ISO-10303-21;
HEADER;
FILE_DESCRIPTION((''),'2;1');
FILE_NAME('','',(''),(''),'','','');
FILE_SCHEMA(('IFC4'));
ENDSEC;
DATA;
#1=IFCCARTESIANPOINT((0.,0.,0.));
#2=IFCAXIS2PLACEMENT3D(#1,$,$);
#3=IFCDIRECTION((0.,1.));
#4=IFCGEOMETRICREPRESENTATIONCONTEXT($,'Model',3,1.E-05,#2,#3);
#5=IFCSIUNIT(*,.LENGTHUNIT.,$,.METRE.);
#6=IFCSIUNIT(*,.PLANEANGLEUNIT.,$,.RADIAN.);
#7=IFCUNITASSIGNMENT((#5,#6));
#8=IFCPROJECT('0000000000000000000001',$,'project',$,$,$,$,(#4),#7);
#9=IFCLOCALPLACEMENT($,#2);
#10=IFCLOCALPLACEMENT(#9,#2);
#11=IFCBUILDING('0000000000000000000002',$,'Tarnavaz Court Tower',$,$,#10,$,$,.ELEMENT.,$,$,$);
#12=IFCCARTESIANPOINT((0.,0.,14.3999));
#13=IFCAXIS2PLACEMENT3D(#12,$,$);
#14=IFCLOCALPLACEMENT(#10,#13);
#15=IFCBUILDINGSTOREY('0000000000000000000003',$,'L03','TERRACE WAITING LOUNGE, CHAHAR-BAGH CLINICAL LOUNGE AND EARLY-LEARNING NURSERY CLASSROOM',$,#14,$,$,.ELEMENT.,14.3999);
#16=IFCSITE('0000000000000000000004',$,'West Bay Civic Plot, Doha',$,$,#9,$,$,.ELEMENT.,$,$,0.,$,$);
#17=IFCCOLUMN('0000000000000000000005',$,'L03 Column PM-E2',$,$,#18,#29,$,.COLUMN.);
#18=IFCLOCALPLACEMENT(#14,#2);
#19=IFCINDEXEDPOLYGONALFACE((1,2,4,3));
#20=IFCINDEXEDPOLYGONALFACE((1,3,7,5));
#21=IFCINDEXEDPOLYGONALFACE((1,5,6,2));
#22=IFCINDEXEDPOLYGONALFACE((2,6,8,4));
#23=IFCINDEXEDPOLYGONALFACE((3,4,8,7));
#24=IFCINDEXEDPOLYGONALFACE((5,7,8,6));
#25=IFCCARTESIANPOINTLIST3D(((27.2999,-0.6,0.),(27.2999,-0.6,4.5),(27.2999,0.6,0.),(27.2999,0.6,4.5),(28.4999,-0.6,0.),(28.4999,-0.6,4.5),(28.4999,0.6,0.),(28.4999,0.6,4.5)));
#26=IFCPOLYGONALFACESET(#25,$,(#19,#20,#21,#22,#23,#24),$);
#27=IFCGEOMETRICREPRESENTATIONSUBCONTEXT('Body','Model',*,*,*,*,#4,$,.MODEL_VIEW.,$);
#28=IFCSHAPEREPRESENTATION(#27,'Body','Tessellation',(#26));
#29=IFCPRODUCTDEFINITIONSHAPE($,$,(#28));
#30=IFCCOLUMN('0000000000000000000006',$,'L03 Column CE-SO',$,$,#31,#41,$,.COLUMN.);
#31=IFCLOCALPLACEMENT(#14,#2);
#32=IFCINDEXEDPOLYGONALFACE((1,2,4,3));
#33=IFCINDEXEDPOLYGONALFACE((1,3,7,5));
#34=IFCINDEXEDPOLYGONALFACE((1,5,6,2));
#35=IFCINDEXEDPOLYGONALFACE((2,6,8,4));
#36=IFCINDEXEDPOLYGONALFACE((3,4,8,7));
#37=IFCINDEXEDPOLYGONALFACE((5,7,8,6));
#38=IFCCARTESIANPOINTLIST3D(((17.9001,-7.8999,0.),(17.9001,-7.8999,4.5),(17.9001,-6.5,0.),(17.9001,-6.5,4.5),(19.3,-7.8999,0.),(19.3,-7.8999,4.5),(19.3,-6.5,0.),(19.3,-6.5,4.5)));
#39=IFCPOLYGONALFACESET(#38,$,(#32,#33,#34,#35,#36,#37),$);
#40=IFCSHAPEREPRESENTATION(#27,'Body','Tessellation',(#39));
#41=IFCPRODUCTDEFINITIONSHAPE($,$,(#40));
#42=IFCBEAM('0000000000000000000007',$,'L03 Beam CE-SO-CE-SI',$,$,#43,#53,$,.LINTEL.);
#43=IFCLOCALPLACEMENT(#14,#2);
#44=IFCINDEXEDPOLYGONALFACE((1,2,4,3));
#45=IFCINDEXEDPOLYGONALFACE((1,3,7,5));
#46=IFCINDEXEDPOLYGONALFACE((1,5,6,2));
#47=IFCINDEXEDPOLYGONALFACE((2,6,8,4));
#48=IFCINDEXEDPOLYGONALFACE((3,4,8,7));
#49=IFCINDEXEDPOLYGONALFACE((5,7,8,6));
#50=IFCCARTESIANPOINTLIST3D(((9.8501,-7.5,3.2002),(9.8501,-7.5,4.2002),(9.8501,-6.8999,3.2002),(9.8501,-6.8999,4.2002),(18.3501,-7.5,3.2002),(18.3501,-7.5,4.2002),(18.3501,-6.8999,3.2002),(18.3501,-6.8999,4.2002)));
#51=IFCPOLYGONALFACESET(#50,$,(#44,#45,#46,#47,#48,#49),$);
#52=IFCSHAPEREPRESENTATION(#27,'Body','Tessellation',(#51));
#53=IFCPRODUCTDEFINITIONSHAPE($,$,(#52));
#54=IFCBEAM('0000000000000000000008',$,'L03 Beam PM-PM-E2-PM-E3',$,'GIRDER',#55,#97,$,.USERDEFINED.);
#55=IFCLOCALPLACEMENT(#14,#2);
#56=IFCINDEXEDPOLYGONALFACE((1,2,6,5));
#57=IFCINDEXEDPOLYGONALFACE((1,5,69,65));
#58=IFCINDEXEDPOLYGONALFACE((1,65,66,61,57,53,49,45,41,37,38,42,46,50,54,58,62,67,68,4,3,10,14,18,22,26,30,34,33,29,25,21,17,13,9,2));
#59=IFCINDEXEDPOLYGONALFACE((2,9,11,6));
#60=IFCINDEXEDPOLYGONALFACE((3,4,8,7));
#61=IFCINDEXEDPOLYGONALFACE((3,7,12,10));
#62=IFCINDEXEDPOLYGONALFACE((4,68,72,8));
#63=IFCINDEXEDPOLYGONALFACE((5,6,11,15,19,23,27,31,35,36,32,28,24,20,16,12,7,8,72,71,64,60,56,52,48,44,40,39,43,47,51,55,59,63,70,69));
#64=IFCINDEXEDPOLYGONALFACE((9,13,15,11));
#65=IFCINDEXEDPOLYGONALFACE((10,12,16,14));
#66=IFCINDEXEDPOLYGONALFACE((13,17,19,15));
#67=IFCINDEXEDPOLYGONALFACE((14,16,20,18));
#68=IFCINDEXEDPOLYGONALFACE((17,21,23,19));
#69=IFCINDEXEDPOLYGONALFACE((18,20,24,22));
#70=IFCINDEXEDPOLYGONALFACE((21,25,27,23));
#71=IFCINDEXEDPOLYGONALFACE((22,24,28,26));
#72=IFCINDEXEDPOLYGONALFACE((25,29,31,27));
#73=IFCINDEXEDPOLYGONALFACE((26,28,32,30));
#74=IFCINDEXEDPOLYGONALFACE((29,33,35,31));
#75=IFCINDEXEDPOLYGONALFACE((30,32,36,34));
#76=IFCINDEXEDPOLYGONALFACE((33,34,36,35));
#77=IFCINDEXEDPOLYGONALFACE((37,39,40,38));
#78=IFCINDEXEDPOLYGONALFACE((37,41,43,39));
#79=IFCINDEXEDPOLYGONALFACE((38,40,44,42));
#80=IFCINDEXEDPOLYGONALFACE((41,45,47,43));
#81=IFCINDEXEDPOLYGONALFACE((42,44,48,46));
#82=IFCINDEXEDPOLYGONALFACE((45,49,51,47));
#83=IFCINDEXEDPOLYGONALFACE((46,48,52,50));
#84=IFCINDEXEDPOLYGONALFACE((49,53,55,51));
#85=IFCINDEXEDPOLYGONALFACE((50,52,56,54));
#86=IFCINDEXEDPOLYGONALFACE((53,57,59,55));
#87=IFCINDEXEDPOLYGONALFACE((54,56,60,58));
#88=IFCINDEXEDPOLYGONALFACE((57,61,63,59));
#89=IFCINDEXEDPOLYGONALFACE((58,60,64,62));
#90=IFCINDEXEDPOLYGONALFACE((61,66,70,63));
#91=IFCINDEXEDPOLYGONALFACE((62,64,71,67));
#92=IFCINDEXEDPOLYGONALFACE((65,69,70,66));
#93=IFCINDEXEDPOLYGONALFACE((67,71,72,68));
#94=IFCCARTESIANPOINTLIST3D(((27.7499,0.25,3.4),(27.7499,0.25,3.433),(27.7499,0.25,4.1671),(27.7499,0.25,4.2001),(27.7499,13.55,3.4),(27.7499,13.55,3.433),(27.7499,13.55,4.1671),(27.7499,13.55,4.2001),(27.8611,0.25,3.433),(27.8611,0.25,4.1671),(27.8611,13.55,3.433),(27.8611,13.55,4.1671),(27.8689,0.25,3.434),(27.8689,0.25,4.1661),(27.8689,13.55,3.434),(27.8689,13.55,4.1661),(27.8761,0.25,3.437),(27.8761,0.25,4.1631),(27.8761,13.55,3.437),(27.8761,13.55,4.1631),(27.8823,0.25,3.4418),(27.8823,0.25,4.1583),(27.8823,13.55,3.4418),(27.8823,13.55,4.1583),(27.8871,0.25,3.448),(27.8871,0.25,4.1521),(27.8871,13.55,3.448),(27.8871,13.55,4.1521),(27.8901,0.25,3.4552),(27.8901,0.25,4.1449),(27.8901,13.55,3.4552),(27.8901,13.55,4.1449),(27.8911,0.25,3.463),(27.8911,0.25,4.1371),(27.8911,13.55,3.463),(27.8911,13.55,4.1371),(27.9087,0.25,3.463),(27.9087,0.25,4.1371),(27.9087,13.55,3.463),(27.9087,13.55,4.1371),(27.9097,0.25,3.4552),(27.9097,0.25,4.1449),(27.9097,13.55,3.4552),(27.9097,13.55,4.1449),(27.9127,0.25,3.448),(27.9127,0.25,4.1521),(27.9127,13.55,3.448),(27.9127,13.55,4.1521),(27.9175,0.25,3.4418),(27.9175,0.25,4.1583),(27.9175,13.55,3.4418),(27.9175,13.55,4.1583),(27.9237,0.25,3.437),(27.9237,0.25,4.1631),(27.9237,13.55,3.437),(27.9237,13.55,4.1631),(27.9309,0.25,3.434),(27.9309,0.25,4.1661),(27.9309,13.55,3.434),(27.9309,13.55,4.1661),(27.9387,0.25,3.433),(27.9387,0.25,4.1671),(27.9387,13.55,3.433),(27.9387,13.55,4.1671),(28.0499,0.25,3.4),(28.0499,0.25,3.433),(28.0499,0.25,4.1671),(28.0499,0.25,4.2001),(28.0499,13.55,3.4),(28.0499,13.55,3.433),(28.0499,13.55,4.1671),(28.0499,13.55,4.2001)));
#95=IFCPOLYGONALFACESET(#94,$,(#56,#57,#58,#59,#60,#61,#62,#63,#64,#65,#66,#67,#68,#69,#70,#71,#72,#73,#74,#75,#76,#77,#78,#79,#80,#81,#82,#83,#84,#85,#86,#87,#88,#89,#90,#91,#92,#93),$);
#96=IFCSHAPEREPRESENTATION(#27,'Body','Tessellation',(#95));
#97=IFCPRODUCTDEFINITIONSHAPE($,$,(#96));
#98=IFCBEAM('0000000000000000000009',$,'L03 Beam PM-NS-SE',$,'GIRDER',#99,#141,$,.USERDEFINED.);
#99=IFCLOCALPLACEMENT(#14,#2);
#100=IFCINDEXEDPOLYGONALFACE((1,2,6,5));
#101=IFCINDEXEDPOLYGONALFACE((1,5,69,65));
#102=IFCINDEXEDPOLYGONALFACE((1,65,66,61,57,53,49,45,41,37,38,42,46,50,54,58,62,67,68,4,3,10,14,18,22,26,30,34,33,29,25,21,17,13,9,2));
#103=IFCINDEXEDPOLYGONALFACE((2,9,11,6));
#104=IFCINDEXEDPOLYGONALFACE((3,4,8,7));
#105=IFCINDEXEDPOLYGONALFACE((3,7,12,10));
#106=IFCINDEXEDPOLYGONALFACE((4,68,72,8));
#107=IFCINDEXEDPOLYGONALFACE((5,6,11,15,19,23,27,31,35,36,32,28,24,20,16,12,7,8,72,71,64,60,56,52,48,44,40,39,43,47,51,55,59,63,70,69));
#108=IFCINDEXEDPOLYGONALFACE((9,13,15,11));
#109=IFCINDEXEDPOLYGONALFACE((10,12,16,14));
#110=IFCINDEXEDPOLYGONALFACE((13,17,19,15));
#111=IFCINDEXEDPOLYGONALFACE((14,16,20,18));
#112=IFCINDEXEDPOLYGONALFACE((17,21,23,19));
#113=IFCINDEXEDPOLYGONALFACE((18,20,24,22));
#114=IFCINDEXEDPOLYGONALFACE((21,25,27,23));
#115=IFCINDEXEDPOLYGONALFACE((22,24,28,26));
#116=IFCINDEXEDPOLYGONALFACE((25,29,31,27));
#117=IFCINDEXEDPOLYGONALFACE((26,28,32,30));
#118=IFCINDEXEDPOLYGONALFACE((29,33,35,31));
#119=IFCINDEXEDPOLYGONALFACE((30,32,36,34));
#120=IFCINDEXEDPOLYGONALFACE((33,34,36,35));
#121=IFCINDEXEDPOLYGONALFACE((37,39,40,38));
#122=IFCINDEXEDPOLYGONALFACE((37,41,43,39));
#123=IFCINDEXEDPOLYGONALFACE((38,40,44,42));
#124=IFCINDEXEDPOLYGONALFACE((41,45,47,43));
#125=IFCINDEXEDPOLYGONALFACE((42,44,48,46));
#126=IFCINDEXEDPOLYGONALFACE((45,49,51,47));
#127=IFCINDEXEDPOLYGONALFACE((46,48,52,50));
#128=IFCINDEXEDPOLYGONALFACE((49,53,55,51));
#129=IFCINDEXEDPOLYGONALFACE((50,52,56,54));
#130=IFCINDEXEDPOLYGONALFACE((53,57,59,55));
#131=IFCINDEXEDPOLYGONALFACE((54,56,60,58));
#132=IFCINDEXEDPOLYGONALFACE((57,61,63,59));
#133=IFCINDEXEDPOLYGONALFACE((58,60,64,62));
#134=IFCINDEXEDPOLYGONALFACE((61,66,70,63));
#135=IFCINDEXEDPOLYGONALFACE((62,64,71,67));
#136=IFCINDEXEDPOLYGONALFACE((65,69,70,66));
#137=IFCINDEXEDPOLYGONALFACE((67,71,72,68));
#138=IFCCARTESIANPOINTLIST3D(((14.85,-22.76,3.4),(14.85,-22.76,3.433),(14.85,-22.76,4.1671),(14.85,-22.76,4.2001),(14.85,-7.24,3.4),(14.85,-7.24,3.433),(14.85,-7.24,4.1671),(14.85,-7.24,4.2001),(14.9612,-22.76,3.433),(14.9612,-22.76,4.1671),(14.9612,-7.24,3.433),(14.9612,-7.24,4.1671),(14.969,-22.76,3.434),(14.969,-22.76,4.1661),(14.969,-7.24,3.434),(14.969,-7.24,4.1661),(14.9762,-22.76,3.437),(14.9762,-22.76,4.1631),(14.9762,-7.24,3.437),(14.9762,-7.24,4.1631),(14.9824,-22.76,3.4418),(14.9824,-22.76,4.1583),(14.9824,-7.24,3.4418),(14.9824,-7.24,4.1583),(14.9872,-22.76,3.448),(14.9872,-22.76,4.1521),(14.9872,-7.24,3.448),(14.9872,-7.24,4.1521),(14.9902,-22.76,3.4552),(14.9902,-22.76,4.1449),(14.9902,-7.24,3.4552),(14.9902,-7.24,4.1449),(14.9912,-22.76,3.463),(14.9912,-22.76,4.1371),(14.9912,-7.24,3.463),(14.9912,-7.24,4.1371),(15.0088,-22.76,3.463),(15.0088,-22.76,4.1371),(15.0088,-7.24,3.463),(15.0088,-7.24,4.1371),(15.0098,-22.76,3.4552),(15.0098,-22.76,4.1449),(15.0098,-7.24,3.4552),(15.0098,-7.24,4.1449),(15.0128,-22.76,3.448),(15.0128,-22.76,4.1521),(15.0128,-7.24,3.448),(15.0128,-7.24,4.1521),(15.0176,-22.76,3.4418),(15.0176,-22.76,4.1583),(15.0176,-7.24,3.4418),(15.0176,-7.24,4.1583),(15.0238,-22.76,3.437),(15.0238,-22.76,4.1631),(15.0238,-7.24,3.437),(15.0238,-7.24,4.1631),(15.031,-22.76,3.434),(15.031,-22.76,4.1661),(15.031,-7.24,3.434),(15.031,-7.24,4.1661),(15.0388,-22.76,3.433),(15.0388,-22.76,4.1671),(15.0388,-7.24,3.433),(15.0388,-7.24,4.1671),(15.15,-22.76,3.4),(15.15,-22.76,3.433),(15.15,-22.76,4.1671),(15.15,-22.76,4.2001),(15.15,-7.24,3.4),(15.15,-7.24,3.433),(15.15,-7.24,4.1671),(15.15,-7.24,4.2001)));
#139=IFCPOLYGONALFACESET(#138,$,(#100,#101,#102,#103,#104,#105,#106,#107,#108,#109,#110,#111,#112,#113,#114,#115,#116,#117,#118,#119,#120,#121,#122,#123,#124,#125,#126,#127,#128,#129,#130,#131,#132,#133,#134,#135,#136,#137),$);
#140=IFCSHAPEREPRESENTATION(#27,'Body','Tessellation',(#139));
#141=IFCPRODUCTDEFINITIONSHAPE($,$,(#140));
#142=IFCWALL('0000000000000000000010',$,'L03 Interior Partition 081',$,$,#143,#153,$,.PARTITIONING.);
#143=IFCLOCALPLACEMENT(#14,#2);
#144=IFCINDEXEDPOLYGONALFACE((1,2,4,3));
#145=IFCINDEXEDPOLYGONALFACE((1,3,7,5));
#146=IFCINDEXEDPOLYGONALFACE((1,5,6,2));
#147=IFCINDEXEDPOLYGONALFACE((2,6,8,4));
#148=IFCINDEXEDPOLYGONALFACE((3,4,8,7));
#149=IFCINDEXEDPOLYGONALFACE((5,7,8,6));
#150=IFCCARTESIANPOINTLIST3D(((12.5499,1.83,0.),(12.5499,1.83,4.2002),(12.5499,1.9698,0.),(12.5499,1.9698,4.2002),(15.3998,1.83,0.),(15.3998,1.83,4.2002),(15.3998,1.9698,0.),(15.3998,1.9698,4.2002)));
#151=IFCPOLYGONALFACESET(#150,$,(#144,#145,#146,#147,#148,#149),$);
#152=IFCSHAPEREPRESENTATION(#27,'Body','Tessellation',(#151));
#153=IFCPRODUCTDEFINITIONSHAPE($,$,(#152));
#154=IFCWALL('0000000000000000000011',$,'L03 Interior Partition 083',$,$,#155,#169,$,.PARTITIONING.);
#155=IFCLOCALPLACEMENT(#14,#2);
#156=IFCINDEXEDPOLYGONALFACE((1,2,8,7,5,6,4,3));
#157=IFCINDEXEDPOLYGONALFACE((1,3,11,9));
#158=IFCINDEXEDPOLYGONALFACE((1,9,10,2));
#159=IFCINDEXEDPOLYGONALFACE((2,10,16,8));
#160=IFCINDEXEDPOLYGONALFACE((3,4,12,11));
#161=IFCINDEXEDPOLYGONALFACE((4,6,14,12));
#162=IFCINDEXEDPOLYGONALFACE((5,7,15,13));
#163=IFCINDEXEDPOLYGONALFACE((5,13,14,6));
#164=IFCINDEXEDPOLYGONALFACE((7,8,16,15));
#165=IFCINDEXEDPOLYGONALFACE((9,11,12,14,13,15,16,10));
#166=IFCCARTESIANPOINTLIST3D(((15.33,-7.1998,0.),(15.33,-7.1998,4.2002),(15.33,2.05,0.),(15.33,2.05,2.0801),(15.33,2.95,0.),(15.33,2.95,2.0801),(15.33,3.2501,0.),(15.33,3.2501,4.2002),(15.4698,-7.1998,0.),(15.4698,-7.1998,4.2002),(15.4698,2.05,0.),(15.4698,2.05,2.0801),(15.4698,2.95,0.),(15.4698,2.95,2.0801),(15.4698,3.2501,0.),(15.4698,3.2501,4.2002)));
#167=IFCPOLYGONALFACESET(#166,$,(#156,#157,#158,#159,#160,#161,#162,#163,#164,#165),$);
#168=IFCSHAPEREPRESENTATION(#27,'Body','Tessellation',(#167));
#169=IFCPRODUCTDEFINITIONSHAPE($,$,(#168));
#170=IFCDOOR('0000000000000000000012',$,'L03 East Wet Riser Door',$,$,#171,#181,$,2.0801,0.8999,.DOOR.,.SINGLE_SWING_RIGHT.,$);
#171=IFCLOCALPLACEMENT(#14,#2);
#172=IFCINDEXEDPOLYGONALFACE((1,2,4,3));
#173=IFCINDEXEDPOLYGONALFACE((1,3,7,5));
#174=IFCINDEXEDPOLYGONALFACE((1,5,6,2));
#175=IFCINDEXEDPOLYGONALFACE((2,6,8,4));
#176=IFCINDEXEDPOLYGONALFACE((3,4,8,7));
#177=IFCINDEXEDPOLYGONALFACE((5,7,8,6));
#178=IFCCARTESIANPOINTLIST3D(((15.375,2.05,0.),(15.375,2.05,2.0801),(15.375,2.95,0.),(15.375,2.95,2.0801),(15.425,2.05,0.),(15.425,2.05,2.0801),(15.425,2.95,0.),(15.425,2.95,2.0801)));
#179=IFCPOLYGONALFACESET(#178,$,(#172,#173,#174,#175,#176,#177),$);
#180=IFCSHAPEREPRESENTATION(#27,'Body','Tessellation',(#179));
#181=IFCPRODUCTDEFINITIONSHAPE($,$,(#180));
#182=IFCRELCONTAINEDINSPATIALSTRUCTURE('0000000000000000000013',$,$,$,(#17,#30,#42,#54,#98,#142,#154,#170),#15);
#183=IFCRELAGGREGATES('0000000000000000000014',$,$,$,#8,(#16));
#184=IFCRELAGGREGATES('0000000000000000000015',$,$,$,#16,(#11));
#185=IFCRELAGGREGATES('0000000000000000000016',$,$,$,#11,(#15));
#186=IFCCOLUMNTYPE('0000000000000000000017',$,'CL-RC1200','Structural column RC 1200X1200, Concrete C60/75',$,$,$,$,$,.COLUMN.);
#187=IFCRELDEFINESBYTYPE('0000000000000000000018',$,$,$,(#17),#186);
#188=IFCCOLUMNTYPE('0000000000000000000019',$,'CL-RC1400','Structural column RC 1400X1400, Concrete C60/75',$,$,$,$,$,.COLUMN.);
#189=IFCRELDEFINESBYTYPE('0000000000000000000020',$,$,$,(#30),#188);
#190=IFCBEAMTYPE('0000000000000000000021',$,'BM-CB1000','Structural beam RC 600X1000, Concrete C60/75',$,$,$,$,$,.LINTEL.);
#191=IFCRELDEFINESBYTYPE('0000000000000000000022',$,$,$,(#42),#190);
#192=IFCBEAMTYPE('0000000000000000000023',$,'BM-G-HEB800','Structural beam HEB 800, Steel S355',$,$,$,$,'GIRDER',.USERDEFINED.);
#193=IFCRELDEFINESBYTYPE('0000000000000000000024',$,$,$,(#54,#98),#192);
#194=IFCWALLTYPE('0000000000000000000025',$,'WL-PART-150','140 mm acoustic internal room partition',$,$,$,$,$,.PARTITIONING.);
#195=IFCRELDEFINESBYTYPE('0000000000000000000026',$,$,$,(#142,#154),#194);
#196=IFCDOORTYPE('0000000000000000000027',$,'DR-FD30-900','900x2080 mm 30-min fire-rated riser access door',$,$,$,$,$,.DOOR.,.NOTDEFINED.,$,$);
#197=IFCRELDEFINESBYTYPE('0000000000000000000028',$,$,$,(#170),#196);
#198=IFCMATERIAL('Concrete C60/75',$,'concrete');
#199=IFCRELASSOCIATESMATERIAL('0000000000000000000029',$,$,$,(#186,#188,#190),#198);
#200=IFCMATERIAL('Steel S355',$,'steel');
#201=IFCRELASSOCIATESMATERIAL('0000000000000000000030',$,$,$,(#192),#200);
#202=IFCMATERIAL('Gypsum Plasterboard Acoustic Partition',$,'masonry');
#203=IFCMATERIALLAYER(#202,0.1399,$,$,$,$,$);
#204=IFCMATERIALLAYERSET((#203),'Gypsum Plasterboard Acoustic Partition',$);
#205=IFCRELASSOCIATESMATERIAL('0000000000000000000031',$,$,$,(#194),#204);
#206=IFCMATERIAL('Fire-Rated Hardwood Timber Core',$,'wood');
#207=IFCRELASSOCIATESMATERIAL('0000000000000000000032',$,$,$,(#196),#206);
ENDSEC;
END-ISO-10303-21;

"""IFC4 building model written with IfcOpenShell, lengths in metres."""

from ifc_helpers import new_model, si_unit, direction, frame, frame_2d, origin, origin_2d, place, context, subcontext, project, spatial, rectangle, i_section, extrude, material, layer, layer_set, material_profile, profile_set, type_object, element, fill, save


model = new_model("IFC4")

# Units and contexts
model_context = context("Model", 3, precision=1e-05, world=origin(), true_north=direction((0.0, 1.0)))
body_context = subcontext(model_context, "Body", "Model", "MODEL_VIEW")
ifc_project = project(units=[si_unit("LENGTHUNIT", "METRE"), si_unit("PLANEANGLEUNIT", "RADIAN")], contexts=[model_context])

# Site, building, storey
site_placement = place(None, origin())
site = spatial("IfcSite", under=ifc_project, at=site_placement, Name="West Bay Civic Plot, Doha", CompositionType="ELEMENT", RefElevation=0.0)
building_placement = place(site_placement, origin())
building = spatial("IfcBuilding", under=site, at=building_placement, Name="Tarnavaz Court Tower", CompositionType="ELEMENT")
storey_placement = place(building_placement, frame((0.0, 0.0, 14.3999)))
storey = spatial("IfcBuildingStorey", under=building, at=storey_placement, Name="L03", Description="TERRACE WAITING LOUNGE, CHAHAR-BAGH CLINICAL LOUNGE AND EARLY-LEARNING NURSERY CLASSROOM", CompositionType="ELEMENT", Elevation=14.3999)

# Columns
ifc_material_1 = material(Name="Concrete C60/75", Category="concrete")
ifc_material_profile_1 = material_profile(ifc_material_1, rectangle(XDim=1.2, YDim=1.2, at=origin_2d()), Name="RC 1200X1200")
ifc_profile_set_1 = profile_set([ifc_material_profile_1], Name="Concrete C60/75")
column_type_1 = type_object("IfcColumnType", Name="CL-RC1200", Description="Structural column RC 1200X1200, Concrete C60/75", PredefinedType="COLUMN", material=ifc_profile_set_1)
column_1_placement = place(storey_placement, frame((27.8999, 0.0, 0.0), z_axis=(0.0, 0.0, 1.0), x_axis=(1.0, 0.0, 0.0)))
element("IfcColumn", 1, at=column_1_placement, inside=storey, type_object=column_type_1, Name="L03 Column PM-E2", PredefinedType="COLUMN", context=body_context, shape_type="SweptSolid", body=[
    extrude(rectangle(XDim=1.2, YDim=1.2, at=origin_2d()), origin(), (0.0, 0.0, 1.0), 4.5),
])
ifc_material_profile_2 = material_profile(ifc_material_1, rectangle(XDim=1.3999, YDim=1.3999, at=origin_2d()), Name="RC 1400X1400")
ifc_profile_set_2 = profile_set([ifc_material_profile_2], Name="Concrete C60/75")
column_type_2 = type_object("IfcColumnType", Name="CL-RC1400", Description="Structural column RC 1400X1400, Concrete C60/75", PredefinedType="COLUMN", material=ifc_profile_set_2)
column_2_placement = place(storey_placement, frame((18.6001, -7.2, 0.0), z_axis=(0.0, 0.0, 1.0), x_axis=(1.0, 0.0, 0.0)))
element("IfcColumn", 2, at=column_2_placement, inside=storey, type_object=column_type_2, Name="L03 Column CE-SO", PredefinedType="COLUMN", context=body_context, shape_type="SweptSolid", body=[
    extrude(rectangle(XDim=1.3999, YDim=1.3999, at=origin_2d()), origin(), (0.0, 0.0, 1.0), 4.5),
])

# Beams
ifc_material_profile_3 = material_profile(ifc_material_1, rectangle(XDim=0.6001, YDim=1.0, at=origin_2d()), Name="RC 600X1000")
ifc_profile_set_3 = profile_set([ifc_material_profile_3], Name="Concrete C60/75")
beam_type_1 = type_object("IfcBeamType", Name="BM-CB1000", Description="Structural beam RC 600X1000, Concrete C60/75", PredefinedType="LINTEL", material=ifc_profile_set_3)
beam_1_placement = place(storey_placement, frame((18.3501, -7.2, 3.7002), z_axis=(-1.0, 0.0, 0.0), x_axis=(0.0, -1.0, 0.0)))
element("IfcBeam", 3, at=beam_1_placement, inside=storey, type_object=beam_type_1, Name="L03 Beam CE-SO-CE-SI", PredefinedType="LINTEL", context=body_context, shape_type="SweptSolid", body=[
    extrude(rectangle(XDim=0.6001, YDim=1.0, at=origin_2d()), origin(), (0.0, 0.0, 1.0), 8.5),
])
ifc_material_2 = material(Name="Steel S355", Category="steel")
ifc_material_profile_4 = material_profile(ifc_material_2, i_section(OverallWidth=0.3, OverallDepth=0.8, WebThickness=0.0176, FlangeThickness=0.033, FilletRadius=0.03, at=origin_2d()), Name="HEB 800")
ifc_profile_set_4 = profile_set([ifc_material_profile_4], Name="Steel S355")
beam_type_2 = type_object("IfcBeamType", Name="BM-G-HEB800", Description="Structural beam HEB 800, Steel S355", ElementType="GIRDER", PredefinedType="USERDEFINED", material=ifc_profile_set_4)
beam_2_placement = place(storey_placement, frame((27.8999, 0.25, 3.8), z_axis=(0.0, 1.0, 0.0), x_axis=(-1.0, 0.0, 0.0)))
element("IfcBeam", 4, at=beam_2_placement, inside=storey, type_object=beam_type_2, Name="L03 Beam PM-PM-E2-PM-E3", ObjectType="GIRDER", PredefinedType="USERDEFINED", context=body_context, shape_type="SweptSolid", body=[
    extrude(i_section(OverallWidth=0.3, OverallDepth=0.8, WebThickness=0.0176, FlangeThickness=0.033, FilletRadius=0.03, at=origin_2d()), origin(), (0.0, 0.0, 1.0), 13.3),
])
beam_3_placement = place(storey_placement, frame((15.0, -7.24, 3.8), z_axis=(0.0, -1.0, 0.0), x_axis=(1.0, 0.0, 0.0)))
element("IfcBeam", 5, at=beam_3_placement, inside=storey, type_object=beam_type_2, Name="L03 Beam PM-NS-SE", ObjectType="GIRDER", PredefinedType="USERDEFINED", context=body_context, shape_type="SweptSolid", body=[
    extrude(i_section(OverallWidth=0.3, OverallDepth=0.8, WebThickness=0.0176, FlangeThickness=0.033, FilletRadius=0.03, at=origin_2d()), origin(), (0.0, 0.0, 1.0), 15.52),
])

# Wall
ifc_material_3 = material(Name="Gypsum Plasterboard Acoustic Partition", Category="masonry")
ifc_layer_1 = layer(ifc_material_3, 0.1399)
ifc_layer_set_1 = layer_set([ifc_layer_1], Name="Gypsum Plasterboard Acoustic Partition")
wall_type_1 = type_object("IfcWallType", Name="WL-PART-150", Description="140 mm acoustic internal room partition", PredefinedType="PARTITIONING", material=ifc_layer_set_1)
wall_1_placement = place(storey_placement, frame((12.55, 1.8999, 0.0), z_axis=(0.0, 0.0, 1.0), x_axis=(1.0, 0.0, 0.0)))
element("IfcWall", 6, at=wall_1_placement, inside=storey, type_object=wall_type_1, Name="L03 Interior Partition 081", PredefinedType="PARTITIONING", context=body_context, shape_type="SweptSolid", body=[
    extrude(rectangle(XDim=2.8499, YDim=0.1399, at=frame_2d((1.4248, 0.0))), origin(), (0.0, 0.0, 1.0), 4.2002),
])

# Wall, opening, door
wall_2_placement = place(storey_placement, frame((15.3999, -7.2, 0.0), z_axis=(0.0, 0.0, 1.0), x_axis=(0.0, 1.0, 0.0)))
wall_2 = element("IfcWall", 7, at=wall_2_placement, inside=storey, type_object=wall_type_1, Name="L03 Interior Partition 083", PredefinedType="PARTITIONING", context=body_context, shape_type="SweptSolid", body=[
    extrude(rectangle(XDim=10.45, YDim=0.1399, at=frame_2d((5.2251, 0.0))), origin(), (0.0, 0.0, 1.0), 4.2002),
])
opening_1_placement = place(wall_2_placement, frame((9.25, 0.0, 0.0)))
opening_1 = element("IfcOpeningElement", 8, at=opening_1_placement, cuts=wall_2, PredefinedType="OPENING", context=body_context, shape_type="SweptSolid", body=[
    extrude(rectangle(XDim=0.8999, YDim=2.0801, at=frame_2d((0.45, 1.04))), frame((0.0, 0.0798, 0.0), z_axis=(0.0, -1.0, 0.0), x_axis=(1.0, 0.0, 0.0)), (0.0, 0.0, 1.0), 0.1599),
])
ifc_material_4 = material(Name="Fire-Rated Hardwood Timber Core", Category="wood")
door_type = type_object("IfcDoorType", Name="DR-FD30-900", Description="900x2080 mm 30-min fire-rated riser access door", OperationType="NOTDEFINED", PredefinedType="DOOR", material=ifc_material_4)
door_1_placement = place(opening_1_placement, origin())
door_1 = element("IfcDoor", 9, at=door_1_placement, inside=storey, type_object=door_type, Name="L03 East Wet Riser Door", OperationType="SINGLE_SWING_RIGHT", OverallHeight=2.0801, OverallWidth=0.8999, PredefinedType="DOOR", context=body_context, shape_type="SweptSolid", body=[
    extrude(rectangle(XDim=0.8999, YDim=2.0801, at=frame_2d((0.45, 1.04))), frame((0.0, 0.0249, 0.0), z_axis=(0.0, -1.0, 0.0), x_axis=(1.0, 0.0, 0.0)), (0.0, 0.0, 1.0), 0.05),
])
fill(opening_1, door_1)

save(model, "model.ifc")
